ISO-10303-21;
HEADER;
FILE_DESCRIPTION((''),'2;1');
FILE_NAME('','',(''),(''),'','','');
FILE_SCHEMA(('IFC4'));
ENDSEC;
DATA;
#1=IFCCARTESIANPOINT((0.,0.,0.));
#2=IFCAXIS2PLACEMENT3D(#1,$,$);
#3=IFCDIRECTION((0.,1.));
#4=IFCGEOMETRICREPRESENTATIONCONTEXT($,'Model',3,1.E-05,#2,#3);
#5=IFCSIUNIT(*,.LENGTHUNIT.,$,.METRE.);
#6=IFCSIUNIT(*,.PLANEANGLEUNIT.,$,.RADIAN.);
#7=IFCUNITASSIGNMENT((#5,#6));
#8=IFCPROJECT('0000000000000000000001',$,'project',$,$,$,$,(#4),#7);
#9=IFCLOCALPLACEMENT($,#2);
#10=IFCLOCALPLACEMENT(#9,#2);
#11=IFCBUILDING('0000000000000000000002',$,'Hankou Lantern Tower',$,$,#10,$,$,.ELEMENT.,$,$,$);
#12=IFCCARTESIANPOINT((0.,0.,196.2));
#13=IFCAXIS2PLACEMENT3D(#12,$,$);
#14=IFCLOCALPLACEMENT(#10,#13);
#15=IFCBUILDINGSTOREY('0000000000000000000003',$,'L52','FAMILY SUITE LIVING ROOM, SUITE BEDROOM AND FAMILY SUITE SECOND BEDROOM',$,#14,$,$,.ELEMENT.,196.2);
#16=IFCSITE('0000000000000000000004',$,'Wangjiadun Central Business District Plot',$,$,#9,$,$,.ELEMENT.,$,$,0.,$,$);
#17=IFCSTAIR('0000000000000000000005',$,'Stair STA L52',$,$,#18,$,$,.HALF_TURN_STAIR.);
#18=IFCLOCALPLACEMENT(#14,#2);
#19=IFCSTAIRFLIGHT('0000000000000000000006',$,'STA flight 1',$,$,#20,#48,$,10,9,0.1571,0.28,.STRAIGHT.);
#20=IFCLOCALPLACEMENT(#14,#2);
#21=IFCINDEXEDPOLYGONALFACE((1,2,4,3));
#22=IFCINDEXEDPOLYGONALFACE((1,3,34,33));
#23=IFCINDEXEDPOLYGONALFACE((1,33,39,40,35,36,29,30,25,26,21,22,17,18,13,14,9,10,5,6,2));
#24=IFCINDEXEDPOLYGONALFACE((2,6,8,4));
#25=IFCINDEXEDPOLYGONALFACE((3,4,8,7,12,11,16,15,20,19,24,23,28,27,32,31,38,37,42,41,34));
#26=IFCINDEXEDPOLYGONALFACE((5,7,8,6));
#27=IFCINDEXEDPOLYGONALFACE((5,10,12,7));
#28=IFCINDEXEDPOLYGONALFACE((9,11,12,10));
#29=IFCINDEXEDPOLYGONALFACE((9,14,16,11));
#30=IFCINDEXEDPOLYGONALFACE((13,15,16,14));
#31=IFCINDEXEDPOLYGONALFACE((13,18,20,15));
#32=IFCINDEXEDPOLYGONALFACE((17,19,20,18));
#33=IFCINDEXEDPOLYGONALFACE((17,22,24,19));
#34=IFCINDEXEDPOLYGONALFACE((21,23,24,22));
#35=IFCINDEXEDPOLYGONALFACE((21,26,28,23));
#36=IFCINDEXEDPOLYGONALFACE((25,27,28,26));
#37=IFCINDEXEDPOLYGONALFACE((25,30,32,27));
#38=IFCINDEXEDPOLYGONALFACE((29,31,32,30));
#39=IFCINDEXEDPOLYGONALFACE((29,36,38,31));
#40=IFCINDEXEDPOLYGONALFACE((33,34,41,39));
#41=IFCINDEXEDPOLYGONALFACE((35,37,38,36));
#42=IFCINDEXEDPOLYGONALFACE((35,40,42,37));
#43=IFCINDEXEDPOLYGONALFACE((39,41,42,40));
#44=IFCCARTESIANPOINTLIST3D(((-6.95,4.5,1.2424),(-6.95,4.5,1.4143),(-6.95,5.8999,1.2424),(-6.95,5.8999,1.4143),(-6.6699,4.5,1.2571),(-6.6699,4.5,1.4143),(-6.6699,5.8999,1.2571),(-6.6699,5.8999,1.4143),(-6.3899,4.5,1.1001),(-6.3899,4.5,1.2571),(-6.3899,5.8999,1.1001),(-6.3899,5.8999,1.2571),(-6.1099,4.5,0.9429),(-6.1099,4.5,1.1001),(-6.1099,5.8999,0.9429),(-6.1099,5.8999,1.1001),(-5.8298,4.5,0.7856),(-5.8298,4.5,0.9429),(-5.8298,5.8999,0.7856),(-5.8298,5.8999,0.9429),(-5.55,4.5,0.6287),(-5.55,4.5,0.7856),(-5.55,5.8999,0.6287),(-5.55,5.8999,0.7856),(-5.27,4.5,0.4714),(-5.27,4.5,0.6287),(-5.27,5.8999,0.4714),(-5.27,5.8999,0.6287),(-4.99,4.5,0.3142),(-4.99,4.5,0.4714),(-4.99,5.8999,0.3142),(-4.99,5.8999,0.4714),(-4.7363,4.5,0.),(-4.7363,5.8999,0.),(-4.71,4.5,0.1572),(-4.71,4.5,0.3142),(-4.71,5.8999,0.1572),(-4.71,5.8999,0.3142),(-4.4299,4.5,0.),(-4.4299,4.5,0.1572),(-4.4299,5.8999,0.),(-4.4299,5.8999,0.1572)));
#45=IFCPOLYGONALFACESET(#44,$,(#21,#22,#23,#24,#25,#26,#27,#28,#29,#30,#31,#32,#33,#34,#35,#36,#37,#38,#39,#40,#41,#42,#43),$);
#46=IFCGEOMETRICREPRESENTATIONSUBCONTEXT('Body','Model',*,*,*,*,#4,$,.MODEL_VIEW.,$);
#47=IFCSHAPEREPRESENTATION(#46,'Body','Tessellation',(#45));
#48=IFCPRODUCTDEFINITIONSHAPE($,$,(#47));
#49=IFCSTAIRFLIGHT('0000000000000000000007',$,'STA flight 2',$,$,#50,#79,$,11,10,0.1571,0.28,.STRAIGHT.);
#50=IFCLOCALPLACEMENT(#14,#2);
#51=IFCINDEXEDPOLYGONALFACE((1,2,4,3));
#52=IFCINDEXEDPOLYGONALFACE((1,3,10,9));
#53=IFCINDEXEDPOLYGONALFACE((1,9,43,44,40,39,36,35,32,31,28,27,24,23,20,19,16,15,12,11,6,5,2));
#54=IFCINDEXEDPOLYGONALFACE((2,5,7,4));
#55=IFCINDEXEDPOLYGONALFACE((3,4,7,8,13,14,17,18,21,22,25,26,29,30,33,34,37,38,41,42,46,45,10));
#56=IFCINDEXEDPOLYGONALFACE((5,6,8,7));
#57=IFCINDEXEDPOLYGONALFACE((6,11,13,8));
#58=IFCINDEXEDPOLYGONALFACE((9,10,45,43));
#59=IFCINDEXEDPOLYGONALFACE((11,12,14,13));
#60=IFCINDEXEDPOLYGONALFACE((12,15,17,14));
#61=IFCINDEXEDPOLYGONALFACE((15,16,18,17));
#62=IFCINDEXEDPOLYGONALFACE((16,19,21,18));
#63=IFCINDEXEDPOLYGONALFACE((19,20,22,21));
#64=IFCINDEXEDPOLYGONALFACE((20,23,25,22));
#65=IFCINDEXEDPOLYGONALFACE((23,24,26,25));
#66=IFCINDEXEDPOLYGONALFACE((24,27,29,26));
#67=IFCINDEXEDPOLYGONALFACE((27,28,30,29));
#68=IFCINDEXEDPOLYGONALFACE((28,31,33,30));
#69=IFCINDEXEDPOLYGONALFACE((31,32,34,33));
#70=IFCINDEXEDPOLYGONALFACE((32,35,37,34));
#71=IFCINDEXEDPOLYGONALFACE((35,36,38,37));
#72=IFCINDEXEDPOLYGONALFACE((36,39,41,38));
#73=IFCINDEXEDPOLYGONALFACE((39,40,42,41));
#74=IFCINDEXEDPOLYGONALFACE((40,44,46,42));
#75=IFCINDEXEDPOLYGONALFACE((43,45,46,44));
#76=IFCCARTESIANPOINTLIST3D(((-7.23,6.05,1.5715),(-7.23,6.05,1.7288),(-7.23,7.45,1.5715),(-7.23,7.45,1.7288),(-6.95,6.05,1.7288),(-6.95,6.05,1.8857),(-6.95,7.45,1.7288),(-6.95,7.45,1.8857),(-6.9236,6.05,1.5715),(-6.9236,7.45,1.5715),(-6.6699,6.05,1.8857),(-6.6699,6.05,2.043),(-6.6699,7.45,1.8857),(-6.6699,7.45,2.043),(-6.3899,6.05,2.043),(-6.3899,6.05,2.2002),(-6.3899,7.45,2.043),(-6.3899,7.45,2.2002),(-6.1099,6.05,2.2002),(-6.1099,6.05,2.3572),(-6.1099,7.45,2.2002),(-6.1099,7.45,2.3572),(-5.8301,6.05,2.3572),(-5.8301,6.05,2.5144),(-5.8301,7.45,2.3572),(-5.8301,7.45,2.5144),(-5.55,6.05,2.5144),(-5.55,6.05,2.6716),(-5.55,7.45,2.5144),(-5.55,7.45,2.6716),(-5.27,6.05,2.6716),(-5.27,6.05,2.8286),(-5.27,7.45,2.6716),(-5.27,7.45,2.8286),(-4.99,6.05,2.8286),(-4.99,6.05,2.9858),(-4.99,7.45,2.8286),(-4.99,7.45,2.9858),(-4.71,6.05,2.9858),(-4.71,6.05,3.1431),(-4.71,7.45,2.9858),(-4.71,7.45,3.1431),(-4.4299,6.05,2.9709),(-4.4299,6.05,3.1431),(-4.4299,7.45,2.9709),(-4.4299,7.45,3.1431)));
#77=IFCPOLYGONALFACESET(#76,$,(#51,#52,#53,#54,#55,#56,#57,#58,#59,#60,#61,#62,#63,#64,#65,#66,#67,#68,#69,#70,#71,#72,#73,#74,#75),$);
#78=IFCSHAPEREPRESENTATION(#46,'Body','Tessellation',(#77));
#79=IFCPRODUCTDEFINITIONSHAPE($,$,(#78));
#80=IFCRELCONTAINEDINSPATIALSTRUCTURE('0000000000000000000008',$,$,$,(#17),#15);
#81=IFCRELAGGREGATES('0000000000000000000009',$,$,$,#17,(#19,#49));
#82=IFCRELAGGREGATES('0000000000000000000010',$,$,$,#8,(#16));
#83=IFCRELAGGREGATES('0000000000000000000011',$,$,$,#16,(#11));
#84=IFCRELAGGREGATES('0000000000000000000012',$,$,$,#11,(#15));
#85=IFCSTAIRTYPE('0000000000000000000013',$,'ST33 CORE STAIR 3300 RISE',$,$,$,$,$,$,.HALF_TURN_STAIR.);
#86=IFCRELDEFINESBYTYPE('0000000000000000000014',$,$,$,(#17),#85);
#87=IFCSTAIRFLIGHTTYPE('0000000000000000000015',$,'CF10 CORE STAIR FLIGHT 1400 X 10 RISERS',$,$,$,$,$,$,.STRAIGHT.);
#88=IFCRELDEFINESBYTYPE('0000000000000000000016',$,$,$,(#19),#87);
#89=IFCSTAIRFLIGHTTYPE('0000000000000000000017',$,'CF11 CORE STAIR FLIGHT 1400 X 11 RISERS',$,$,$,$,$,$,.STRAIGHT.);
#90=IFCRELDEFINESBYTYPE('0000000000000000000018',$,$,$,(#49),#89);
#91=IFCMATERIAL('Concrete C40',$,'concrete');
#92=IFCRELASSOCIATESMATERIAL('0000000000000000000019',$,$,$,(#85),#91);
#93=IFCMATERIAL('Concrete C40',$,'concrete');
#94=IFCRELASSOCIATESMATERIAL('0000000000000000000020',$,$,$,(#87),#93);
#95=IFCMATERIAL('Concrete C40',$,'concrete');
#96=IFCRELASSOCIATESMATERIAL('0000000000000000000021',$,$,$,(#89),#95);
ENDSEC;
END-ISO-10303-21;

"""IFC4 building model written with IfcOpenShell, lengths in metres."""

from ifc_helpers import new_model, si_unit, direction, frame, origin, place, context, subcontext, project, spatial, polyline, outline, extrude, material, type_object, element, aggregate, save


model = new_model("IFC4")

# Units and contexts
model_context = context("Model", 3, precision=1e-05, world=origin(), true_north=direction((0.0, 1.0)))
body_context = subcontext(model_context, "Body", "Model", "MODEL_VIEW")
ifc_project = project(units=[si_unit("LENGTHUNIT", "METRE"), si_unit("PLANEANGLEUNIT", "RADIAN")], contexts=[model_context])

# Site, building, storey
site_placement = place(None, origin())
site = spatial("IfcSite", under=ifc_project, at=site_placement, Name="Wangjiadun Central Business District Plot", CompositionType="ELEMENT", RefElevation=0.0)
building_placement = place(site_placement, origin())
building = spatial("IfcBuilding", under=site, at=building_placement, Name="Hankou Lantern Tower", CompositionType="ELEMENT")
storey_placement = place(building_placement, frame((0.0, 0.0, 196.2)))
storey = spatial("IfcBuildingStorey", under=building, at=storey_placement, Name="L52", Description="FAMILY SUITE LIVING ROOM, SUITE BEDROOM AND FAMILY SUITE SECOND BEDROOM", CompositionType="ELEMENT", Elevation=196.2)

# Stair, stair flights
ifc_material_1 = material(Name="Concrete C40", Category="concrete")
stair_type = type_object("IfcStairType", Name="ST33 CORE STAIR 3300 RISE", PredefinedType="HALF_TURN_STAIR", material=ifc_material_1)
stair_placement = place(storey_placement, origin())
stair = element("IfcStair", 1, at=stair_placement, inside=storey, type_object=stair_type, Name="Stair STA L52", PredefinedType="HALF_TURN_STAIR")
ifc_material_2 = material(Name="Concrete C40", Category="concrete")
stair_flight_type_1 = type_object("IfcStairFlightType", Name="CF10 CORE STAIR FLIGHT 1400 X 10 RISERS", PredefinedType="STRAIGHT", material=ifc_material_2)
stair_flight_1_placement = place(storey_placement, frame((-4.4299, 5.2, 0.0), z_axis=(0.0, 0.0, 1.0), x_axis=(-1.0, 0.0, 0.0)))
stair_flight_1 = element("IfcStairFlight", 2, at=stair_flight_1_placement, type_object=stair_flight_type_1, Name="STA flight 1", NumberOfRisers=10, NumberOfTreads=9, PredefinedType="STRAIGHT", RiserHeight=0.1571, TreadLength=0.28, context=body_context, shape_type="SweptSolid", body=[
    extrude(outline(polyline([(0.0, 0.0), (0.0, 0.1572), (0.28, 0.1572), (0.28, 0.3142), (0.5601, 0.3142), (0.5601, 0.4714), (0.8401, 0.4714), (0.8401, 0.6287), (1.1201, 0.6287), (1.1201, 0.7856), (1.3999, 0.7856), (1.3999, 0.9429), (1.6799, 0.9429), (1.6799, 1.1001), (1.96, 1.1001), (1.96, 1.2571), (2.24, 1.2571), (2.24, 1.4143), (2.52, 1.4143), (2.52, 1.5715), (2.52, 1.2424), (0.3064, 0.0), (0.0, 0.0)])), frame((0.0, 0.7, 0.0), z_axis=(0.0, -1.0, 0.0), x_axis=(1.0, 0.0, 0.0)), (0.0, 0.0, 1.0), 1.3999),
])
ifc_material_3 = material(Name="Concrete C40", Category="concrete")
stair_flight_type_2 = type_object("IfcStairFlightType", Name="CF11 CORE STAIR FLIGHT 1400 X 11 RISERS", PredefinedType="STRAIGHT", material=ifc_material_3)
stair_flight_2_placement = place(storey_placement, frame((-7.23, 6.75, 1.5715), z_axis=(0.0, 0.0, 1.0), x_axis=(1.0, 0.0, 0.0)))
stair_flight_2 = element("IfcStairFlight", 3, at=stair_flight_2_placement, type_object=stair_flight_type_2, Name="STA flight 2", NumberOfRisers=11, NumberOfTreads=10, PredefinedType="STRAIGHT", RiserHeight=0.1571, TreadLength=0.28, context=body_context, shape_type="SweptSolid", body=[
    extrude(outline(polyline([(0.0, 0.0), (0.0, 0.1572), (0.28, 0.1572), (0.28, 0.3142), (0.5601, 0.3142), (0.5601, 0.4714), (0.8401, 0.4714), (0.8401, 0.6287), (1.1201, 0.6287), (1.1201, 0.7856), (1.3999, 0.7856), (1.3999, 0.9429), (1.6799, 0.9429), (1.6799, 1.1001), (1.96, 1.1001), (1.96, 1.2571), (2.24, 1.2571), (2.24, 1.4143), (2.52, 1.4143), (2.52, 1.5715), (2.8, 1.5715), (2.8, 1.7285), (2.8, 1.3994), (0.3064, 0.0), (0.0, 0.0)])), frame((0.0, 0.7, 0.0), z_axis=(0.0, -1.0, 0.0), x_axis=(1.0, 0.0, 0.0)), (0.0, 0.0, 1.0), 1.3999),
])
aggregate(stair, [stair_flight_1, stair_flight_2])

save(model, "model.ifc")
